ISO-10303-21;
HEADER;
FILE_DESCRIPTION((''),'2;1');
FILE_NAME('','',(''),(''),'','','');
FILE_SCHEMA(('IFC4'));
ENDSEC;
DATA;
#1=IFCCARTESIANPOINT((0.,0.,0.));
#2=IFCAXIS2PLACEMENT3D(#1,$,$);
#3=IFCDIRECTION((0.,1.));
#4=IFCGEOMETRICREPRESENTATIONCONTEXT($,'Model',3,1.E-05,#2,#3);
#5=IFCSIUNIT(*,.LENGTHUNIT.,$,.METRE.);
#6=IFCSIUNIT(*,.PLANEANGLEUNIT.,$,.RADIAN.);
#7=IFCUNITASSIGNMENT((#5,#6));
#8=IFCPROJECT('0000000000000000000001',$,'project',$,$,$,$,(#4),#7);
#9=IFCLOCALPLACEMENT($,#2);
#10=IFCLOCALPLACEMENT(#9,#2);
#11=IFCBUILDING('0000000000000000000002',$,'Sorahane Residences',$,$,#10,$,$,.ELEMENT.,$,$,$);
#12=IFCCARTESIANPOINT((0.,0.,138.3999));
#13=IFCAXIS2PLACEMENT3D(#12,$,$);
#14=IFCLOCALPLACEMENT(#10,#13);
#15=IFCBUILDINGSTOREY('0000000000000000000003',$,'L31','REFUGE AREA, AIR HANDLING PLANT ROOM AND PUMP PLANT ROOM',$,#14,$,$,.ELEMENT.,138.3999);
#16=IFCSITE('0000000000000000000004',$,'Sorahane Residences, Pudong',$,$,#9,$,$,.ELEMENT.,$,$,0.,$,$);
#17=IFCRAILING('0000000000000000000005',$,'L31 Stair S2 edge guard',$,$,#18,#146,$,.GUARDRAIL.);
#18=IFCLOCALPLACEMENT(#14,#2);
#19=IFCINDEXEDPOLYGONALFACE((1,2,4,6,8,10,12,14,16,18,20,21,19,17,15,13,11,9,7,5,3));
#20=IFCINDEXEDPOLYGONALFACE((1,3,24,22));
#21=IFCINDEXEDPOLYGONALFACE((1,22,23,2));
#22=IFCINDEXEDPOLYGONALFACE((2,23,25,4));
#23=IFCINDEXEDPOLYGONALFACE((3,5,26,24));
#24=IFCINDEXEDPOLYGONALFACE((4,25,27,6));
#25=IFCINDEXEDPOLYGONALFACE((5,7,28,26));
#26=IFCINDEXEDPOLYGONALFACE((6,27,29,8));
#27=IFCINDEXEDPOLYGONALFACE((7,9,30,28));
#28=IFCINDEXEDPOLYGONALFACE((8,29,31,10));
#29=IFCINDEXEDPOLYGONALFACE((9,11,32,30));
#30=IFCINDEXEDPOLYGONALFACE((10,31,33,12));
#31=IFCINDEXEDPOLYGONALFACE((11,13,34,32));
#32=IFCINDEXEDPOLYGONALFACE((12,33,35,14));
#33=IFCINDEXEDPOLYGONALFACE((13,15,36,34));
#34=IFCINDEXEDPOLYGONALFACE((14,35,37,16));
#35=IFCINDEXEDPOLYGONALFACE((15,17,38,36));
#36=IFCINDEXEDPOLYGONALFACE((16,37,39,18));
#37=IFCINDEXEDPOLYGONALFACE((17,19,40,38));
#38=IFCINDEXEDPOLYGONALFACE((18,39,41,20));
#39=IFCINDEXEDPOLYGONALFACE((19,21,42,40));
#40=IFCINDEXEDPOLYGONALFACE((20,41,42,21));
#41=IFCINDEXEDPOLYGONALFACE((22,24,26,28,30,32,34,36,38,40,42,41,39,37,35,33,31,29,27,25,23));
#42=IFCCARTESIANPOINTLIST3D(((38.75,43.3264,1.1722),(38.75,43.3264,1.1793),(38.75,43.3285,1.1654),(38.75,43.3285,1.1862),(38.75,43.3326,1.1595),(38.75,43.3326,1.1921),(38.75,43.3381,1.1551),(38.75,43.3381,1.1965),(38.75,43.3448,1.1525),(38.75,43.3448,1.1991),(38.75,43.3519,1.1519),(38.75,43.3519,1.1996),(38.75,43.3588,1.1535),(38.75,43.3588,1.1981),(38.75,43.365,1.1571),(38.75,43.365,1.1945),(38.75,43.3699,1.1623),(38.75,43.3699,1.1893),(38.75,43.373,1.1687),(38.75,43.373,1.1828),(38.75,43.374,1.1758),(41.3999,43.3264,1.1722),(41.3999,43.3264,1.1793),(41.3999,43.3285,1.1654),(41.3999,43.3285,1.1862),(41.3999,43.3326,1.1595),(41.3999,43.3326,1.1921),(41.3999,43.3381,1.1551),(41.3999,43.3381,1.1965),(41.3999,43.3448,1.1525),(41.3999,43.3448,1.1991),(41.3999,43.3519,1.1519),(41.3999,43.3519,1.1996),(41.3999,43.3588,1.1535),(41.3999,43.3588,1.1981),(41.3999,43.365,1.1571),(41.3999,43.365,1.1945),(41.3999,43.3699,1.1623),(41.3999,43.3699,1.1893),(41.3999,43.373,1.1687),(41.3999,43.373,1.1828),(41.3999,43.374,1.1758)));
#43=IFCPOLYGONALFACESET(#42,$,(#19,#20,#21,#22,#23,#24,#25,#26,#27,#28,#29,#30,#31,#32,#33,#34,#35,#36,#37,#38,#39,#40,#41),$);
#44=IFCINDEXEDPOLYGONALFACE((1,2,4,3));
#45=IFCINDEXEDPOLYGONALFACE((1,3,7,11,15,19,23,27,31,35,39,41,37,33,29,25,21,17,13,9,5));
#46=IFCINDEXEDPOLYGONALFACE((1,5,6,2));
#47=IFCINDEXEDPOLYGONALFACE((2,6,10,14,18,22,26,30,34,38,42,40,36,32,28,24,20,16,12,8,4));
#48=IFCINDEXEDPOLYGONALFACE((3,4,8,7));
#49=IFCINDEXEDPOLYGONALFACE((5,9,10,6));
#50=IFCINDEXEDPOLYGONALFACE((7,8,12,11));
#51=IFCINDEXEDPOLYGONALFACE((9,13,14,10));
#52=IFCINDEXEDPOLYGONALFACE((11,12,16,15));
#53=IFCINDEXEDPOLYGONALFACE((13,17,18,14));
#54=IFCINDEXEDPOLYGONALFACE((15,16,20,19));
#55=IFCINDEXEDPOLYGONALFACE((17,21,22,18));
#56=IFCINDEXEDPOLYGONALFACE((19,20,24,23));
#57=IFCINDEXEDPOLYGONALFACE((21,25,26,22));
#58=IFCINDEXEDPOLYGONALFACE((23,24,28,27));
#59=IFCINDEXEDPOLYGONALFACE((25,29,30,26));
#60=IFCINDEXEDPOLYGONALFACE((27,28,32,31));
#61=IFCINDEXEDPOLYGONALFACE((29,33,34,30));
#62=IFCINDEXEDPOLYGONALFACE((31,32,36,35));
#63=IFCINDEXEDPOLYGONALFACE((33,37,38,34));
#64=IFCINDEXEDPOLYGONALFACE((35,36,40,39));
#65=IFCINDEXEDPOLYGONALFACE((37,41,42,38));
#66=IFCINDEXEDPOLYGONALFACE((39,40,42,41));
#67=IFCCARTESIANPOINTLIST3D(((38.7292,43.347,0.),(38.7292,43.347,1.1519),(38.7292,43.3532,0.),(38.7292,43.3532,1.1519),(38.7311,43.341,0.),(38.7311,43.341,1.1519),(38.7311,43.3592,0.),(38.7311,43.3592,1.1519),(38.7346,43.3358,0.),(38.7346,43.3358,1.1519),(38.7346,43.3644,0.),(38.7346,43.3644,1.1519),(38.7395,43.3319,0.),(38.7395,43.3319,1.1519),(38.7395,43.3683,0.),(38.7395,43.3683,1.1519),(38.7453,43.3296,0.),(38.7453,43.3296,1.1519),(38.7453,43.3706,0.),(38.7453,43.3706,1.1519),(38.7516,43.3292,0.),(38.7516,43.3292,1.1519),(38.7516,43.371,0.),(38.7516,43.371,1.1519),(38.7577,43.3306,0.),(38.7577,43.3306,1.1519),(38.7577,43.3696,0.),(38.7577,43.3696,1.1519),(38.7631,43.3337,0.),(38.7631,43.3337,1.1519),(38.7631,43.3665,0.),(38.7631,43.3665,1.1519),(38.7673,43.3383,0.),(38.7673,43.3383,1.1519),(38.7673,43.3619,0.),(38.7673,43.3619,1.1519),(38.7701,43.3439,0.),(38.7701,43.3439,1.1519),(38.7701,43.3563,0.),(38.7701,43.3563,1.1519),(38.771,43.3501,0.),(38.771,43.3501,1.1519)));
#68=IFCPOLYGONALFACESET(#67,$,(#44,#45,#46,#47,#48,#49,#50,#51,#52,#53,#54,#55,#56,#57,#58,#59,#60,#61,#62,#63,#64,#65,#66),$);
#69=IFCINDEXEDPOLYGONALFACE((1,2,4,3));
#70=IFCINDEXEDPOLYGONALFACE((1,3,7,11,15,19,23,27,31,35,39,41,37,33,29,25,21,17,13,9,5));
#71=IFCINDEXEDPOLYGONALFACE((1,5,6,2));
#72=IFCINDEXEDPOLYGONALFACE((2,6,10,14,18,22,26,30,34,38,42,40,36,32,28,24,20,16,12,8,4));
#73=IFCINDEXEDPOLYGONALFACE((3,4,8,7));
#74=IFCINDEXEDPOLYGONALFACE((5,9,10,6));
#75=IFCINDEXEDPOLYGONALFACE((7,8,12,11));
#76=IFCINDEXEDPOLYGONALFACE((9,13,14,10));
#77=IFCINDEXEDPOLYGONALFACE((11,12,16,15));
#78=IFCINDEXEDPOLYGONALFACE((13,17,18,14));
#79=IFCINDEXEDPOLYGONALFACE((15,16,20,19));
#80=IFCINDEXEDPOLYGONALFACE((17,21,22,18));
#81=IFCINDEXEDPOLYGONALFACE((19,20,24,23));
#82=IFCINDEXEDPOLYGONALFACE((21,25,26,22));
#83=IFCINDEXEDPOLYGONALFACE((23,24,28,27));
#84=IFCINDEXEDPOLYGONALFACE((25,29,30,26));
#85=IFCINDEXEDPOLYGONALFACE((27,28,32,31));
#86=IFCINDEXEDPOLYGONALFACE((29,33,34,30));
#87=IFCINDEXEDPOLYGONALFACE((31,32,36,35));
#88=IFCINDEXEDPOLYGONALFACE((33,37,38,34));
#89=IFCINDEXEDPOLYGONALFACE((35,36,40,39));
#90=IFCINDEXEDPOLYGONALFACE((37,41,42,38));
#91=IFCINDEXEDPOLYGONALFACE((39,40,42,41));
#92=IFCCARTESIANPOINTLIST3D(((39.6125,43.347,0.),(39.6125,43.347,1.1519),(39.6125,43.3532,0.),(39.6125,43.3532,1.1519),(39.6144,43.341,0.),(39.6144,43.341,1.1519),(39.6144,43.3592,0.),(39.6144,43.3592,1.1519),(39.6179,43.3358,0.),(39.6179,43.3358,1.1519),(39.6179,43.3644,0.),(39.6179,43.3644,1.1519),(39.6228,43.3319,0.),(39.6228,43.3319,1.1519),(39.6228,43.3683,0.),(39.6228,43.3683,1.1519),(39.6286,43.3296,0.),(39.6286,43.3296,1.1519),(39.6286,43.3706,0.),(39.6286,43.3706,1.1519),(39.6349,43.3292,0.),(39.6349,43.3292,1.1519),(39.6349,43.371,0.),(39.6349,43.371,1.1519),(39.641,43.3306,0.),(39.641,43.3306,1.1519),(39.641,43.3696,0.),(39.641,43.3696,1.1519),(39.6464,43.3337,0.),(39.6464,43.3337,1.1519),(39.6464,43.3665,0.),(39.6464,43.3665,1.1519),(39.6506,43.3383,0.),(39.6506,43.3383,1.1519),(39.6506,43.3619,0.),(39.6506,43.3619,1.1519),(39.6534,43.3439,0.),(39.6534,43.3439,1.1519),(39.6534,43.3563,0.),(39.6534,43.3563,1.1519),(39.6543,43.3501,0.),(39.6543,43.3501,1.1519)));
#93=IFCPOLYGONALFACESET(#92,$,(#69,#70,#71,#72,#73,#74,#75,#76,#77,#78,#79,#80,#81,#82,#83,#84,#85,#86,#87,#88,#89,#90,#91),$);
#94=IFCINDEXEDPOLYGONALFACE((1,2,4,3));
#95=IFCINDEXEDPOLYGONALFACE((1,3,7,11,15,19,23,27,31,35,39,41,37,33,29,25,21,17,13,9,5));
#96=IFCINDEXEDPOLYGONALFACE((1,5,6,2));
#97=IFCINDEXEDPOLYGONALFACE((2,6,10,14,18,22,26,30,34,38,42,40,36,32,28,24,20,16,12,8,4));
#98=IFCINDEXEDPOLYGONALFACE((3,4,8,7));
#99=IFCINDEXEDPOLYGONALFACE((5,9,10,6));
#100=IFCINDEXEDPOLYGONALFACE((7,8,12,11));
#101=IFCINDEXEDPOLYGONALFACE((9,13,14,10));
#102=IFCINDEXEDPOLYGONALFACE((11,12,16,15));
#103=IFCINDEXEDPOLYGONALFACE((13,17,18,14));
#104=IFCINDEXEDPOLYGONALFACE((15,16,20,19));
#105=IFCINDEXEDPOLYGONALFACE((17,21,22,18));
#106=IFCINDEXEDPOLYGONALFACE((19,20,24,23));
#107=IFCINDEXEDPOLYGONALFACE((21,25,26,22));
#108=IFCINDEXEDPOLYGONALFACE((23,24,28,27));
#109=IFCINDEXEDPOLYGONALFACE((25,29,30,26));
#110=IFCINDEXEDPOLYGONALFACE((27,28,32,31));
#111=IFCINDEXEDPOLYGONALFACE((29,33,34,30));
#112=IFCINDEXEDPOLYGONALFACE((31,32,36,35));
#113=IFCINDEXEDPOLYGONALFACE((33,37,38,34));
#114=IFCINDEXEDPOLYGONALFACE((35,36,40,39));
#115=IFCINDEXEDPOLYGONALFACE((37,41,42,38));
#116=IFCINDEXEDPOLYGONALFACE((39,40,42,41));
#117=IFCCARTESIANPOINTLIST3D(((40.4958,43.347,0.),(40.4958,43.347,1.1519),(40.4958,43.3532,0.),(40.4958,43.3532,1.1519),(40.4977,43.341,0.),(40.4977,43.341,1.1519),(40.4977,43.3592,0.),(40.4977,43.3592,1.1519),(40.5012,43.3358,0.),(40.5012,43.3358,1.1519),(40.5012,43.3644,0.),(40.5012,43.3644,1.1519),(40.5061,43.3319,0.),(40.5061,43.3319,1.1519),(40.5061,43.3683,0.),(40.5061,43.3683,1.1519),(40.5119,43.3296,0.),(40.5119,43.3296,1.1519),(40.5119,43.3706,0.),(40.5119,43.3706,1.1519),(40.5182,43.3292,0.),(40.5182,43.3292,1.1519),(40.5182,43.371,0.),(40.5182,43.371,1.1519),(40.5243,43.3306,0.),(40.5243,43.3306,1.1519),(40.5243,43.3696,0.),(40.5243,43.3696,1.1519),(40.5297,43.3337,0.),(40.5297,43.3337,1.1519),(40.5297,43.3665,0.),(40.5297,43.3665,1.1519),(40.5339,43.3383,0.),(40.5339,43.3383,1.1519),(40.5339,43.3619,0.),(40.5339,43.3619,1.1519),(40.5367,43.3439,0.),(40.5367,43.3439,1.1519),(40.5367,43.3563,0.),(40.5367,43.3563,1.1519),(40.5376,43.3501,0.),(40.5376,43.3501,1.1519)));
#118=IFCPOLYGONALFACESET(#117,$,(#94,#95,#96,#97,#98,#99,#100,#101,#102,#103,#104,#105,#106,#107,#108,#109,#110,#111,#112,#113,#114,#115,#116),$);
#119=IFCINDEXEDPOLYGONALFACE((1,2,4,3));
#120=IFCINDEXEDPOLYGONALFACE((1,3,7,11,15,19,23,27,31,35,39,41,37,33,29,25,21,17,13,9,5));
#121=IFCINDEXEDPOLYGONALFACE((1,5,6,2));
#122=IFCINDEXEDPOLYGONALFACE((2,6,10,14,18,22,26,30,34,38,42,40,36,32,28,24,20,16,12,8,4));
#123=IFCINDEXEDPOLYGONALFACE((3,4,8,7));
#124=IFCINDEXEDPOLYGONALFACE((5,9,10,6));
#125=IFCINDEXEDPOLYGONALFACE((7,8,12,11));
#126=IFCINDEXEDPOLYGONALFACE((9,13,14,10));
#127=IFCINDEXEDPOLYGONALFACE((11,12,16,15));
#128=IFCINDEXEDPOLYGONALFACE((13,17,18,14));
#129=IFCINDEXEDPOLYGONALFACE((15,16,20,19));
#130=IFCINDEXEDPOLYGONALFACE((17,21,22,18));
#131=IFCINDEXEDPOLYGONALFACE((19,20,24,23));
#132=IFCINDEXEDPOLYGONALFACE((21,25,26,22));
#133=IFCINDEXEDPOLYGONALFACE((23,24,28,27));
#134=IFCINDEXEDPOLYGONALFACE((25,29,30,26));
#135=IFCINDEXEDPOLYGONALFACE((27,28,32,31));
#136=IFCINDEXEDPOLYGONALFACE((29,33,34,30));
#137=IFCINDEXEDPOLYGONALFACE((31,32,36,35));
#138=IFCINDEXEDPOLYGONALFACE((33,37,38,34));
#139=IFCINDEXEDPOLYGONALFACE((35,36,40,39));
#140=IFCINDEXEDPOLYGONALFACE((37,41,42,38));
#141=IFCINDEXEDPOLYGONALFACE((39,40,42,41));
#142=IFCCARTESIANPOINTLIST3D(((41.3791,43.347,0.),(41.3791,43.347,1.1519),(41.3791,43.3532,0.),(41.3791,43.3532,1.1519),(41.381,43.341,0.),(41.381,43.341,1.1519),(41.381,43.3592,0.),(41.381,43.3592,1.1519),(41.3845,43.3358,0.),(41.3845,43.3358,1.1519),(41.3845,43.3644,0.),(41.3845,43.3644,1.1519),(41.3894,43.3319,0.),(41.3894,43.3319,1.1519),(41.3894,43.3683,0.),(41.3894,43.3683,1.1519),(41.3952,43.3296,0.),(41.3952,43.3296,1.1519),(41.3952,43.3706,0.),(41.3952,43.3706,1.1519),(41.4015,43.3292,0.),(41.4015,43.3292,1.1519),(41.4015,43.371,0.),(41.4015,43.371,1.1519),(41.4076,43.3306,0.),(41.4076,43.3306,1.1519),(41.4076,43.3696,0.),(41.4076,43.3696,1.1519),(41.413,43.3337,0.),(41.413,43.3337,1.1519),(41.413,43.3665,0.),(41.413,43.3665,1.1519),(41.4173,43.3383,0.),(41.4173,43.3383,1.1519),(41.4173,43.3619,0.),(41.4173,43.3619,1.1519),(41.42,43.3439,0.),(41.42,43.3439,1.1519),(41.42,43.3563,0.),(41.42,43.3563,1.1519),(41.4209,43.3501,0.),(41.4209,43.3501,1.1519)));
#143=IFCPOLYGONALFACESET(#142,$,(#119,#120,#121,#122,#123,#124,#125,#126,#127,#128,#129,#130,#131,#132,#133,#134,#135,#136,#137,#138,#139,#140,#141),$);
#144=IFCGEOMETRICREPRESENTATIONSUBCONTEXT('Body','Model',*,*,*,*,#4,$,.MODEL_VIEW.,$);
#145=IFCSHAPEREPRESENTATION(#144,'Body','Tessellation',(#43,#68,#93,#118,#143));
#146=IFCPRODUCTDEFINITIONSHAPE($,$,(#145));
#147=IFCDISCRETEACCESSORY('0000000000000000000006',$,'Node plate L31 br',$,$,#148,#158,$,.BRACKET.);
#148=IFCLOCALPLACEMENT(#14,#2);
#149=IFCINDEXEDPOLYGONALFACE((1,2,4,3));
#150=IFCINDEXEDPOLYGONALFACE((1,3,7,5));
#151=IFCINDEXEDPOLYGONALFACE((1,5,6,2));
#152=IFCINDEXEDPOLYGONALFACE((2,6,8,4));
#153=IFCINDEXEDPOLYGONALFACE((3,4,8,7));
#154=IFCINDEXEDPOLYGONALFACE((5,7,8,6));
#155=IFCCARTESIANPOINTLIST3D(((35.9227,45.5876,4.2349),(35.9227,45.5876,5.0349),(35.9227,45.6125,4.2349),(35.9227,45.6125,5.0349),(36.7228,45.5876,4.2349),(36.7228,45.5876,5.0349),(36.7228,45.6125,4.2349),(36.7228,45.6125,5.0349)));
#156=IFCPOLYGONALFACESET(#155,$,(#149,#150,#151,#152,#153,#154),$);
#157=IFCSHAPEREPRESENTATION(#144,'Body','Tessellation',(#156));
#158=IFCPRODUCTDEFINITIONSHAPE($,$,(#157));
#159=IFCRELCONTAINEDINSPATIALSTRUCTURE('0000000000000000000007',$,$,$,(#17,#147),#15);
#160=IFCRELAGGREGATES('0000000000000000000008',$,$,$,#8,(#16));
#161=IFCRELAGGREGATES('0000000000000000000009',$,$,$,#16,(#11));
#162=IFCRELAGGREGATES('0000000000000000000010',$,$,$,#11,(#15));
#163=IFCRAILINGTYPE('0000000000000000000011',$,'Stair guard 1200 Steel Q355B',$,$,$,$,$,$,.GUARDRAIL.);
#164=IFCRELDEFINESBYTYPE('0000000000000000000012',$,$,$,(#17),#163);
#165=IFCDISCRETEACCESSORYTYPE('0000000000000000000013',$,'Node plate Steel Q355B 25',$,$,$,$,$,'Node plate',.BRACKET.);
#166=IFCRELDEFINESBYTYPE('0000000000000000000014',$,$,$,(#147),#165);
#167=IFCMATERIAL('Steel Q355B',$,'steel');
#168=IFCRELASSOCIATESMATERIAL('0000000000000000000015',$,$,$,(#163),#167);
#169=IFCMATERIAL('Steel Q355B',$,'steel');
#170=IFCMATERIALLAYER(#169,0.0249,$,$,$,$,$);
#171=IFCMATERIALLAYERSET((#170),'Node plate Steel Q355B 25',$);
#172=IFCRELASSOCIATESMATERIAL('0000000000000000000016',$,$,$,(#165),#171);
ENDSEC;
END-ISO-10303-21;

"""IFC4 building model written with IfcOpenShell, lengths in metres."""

from ifc_helpers import new_model, si_unit, direction, frame, origin, origin_2d, place, context, subcontext, project, spatial, rectangle, circle, extrude, material, layer, layer_set, type_object, element, save


model = new_model("IFC4")

# Units and contexts
model_context = context("Model", 3, precision=1e-05, world=origin(), true_north=direction((0.0, 1.0)))
body_context = subcontext(model_context, "Body", "Model", "MODEL_VIEW")
ifc_project = project(units=[si_unit("LENGTHUNIT", "METRE"), si_unit("PLANEANGLEUNIT", "RADIAN")], contexts=[model_context])

# Site, building, storey
site_placement = place(None, origin())
site = spatial("IfcSite", under=ifc_project, at=site_placement, Name="Sorahane Residences, Pudong", CompositionType="ELEMENT", RefElevation=0.0)
building_placement = place(site_placement, origin())
building = spatial("IfcBuilding", under=site, at=building_placement, Name="Sorahane Residences", CompositionType="ELEMENT")
storey_placement = place(building_placement, frame((0.0, 0.0, 138.3999)))
storey = spatial("IfcBuildingStorey", under=building, at=storey_placement, Name="L31", Description="REFUGE AREA, AIR HANDLING PLANT ROOM AND PUMP PLANT ROOM", CompositionType="ELEMENT", Elevation=138.3999)

# Railing
ifc_material_1 = material(Name="Steel Q355B", Category="steel")
railing_type = type_object("IfcRailingType", Name="Stair guard 1200 Steel Q355B", PredefinedType="GUARDRAIL", material=ifc_material_1)
railing_1_placement = place(storey_placement, frame((38.75, 43.3501, 0.0)))
element("IfcRailing", 1, at=railing_1_placement, inside=storey, type_object=railing_type, Name="L31 Stair S2 edge guard", PredefinedType="GUARDRAIL", context=body_context, shape_type="SweptSolid", body=[
    extrude(circle(Radius=0.0239, at=origin_2d()), frame((0.0, 0.0, 1.1758), z_axis=(1.0, 0.0, 0.0), x_axis=(0.0, 1.0, 0.0)), (0.0, 0.0, 1.0), 2.6499),
    extrude(circle(Radius=0.021, at=origin_2d()), origin(), (0.0, 0.0, 1.0), 1.1519),
    extrude(circle(Radius=0.021, at=origin_2d()), frame((0.8833, 0.0, 0.0)), (0.0, 0.0, 1.0), 1.1519),
    extrude(circle(Radius=0.021, at=origin_2d()), frame((1.7666, 0.0, 0.0)), (0.0, 0.0, 1.0), 1.1519),
    extrude(circle(Radius=0.021, at=origin_2d()), frame((2.6499, 0.0, 0.0)), (0.0, 0.0, 1.0), 1.1519),
])

# Discrete accessory
ifc_material_2 = material(Name="Steel Q355B", Category="steel")
ifc_layer_1 = layer(ifc_material_2, 0.0249)
ifc_layer_set_1 = layer_set([ifc_layer_1], Name="Node plate Steel Q355B 25")
discrete_accessory_type = type_object("IfcDiscreteAccessoryType", Name="Node plate Steel Q355B 25", ElementType="Node plate", PredefinedType="BRACKET", material=ifc_layer_set_1)
discrete_accessory_placement = place(storey_placement, frame((36.3228, 45.6001, 4.2349), z_axis=(0.0, 0.0, 1.0), x_axis=(1.0, 0.0, 0.0)))
element("IfcDiscreteAccessory", 2, at=discrete_accessory_placement, inside=storey, type_object=discrete_accessory_type, Name="Node plate L31 br", PredefinedType="BRACKET", context=body_context, shape_type="SweptSolid", body=[
    extrude(rectangle(XDim=0.8, YDim=0.0249, at=origin_2d()), origin(), (0.0, 0.0, 1.0), 0.8),
])

save(model, "model.ifc")
